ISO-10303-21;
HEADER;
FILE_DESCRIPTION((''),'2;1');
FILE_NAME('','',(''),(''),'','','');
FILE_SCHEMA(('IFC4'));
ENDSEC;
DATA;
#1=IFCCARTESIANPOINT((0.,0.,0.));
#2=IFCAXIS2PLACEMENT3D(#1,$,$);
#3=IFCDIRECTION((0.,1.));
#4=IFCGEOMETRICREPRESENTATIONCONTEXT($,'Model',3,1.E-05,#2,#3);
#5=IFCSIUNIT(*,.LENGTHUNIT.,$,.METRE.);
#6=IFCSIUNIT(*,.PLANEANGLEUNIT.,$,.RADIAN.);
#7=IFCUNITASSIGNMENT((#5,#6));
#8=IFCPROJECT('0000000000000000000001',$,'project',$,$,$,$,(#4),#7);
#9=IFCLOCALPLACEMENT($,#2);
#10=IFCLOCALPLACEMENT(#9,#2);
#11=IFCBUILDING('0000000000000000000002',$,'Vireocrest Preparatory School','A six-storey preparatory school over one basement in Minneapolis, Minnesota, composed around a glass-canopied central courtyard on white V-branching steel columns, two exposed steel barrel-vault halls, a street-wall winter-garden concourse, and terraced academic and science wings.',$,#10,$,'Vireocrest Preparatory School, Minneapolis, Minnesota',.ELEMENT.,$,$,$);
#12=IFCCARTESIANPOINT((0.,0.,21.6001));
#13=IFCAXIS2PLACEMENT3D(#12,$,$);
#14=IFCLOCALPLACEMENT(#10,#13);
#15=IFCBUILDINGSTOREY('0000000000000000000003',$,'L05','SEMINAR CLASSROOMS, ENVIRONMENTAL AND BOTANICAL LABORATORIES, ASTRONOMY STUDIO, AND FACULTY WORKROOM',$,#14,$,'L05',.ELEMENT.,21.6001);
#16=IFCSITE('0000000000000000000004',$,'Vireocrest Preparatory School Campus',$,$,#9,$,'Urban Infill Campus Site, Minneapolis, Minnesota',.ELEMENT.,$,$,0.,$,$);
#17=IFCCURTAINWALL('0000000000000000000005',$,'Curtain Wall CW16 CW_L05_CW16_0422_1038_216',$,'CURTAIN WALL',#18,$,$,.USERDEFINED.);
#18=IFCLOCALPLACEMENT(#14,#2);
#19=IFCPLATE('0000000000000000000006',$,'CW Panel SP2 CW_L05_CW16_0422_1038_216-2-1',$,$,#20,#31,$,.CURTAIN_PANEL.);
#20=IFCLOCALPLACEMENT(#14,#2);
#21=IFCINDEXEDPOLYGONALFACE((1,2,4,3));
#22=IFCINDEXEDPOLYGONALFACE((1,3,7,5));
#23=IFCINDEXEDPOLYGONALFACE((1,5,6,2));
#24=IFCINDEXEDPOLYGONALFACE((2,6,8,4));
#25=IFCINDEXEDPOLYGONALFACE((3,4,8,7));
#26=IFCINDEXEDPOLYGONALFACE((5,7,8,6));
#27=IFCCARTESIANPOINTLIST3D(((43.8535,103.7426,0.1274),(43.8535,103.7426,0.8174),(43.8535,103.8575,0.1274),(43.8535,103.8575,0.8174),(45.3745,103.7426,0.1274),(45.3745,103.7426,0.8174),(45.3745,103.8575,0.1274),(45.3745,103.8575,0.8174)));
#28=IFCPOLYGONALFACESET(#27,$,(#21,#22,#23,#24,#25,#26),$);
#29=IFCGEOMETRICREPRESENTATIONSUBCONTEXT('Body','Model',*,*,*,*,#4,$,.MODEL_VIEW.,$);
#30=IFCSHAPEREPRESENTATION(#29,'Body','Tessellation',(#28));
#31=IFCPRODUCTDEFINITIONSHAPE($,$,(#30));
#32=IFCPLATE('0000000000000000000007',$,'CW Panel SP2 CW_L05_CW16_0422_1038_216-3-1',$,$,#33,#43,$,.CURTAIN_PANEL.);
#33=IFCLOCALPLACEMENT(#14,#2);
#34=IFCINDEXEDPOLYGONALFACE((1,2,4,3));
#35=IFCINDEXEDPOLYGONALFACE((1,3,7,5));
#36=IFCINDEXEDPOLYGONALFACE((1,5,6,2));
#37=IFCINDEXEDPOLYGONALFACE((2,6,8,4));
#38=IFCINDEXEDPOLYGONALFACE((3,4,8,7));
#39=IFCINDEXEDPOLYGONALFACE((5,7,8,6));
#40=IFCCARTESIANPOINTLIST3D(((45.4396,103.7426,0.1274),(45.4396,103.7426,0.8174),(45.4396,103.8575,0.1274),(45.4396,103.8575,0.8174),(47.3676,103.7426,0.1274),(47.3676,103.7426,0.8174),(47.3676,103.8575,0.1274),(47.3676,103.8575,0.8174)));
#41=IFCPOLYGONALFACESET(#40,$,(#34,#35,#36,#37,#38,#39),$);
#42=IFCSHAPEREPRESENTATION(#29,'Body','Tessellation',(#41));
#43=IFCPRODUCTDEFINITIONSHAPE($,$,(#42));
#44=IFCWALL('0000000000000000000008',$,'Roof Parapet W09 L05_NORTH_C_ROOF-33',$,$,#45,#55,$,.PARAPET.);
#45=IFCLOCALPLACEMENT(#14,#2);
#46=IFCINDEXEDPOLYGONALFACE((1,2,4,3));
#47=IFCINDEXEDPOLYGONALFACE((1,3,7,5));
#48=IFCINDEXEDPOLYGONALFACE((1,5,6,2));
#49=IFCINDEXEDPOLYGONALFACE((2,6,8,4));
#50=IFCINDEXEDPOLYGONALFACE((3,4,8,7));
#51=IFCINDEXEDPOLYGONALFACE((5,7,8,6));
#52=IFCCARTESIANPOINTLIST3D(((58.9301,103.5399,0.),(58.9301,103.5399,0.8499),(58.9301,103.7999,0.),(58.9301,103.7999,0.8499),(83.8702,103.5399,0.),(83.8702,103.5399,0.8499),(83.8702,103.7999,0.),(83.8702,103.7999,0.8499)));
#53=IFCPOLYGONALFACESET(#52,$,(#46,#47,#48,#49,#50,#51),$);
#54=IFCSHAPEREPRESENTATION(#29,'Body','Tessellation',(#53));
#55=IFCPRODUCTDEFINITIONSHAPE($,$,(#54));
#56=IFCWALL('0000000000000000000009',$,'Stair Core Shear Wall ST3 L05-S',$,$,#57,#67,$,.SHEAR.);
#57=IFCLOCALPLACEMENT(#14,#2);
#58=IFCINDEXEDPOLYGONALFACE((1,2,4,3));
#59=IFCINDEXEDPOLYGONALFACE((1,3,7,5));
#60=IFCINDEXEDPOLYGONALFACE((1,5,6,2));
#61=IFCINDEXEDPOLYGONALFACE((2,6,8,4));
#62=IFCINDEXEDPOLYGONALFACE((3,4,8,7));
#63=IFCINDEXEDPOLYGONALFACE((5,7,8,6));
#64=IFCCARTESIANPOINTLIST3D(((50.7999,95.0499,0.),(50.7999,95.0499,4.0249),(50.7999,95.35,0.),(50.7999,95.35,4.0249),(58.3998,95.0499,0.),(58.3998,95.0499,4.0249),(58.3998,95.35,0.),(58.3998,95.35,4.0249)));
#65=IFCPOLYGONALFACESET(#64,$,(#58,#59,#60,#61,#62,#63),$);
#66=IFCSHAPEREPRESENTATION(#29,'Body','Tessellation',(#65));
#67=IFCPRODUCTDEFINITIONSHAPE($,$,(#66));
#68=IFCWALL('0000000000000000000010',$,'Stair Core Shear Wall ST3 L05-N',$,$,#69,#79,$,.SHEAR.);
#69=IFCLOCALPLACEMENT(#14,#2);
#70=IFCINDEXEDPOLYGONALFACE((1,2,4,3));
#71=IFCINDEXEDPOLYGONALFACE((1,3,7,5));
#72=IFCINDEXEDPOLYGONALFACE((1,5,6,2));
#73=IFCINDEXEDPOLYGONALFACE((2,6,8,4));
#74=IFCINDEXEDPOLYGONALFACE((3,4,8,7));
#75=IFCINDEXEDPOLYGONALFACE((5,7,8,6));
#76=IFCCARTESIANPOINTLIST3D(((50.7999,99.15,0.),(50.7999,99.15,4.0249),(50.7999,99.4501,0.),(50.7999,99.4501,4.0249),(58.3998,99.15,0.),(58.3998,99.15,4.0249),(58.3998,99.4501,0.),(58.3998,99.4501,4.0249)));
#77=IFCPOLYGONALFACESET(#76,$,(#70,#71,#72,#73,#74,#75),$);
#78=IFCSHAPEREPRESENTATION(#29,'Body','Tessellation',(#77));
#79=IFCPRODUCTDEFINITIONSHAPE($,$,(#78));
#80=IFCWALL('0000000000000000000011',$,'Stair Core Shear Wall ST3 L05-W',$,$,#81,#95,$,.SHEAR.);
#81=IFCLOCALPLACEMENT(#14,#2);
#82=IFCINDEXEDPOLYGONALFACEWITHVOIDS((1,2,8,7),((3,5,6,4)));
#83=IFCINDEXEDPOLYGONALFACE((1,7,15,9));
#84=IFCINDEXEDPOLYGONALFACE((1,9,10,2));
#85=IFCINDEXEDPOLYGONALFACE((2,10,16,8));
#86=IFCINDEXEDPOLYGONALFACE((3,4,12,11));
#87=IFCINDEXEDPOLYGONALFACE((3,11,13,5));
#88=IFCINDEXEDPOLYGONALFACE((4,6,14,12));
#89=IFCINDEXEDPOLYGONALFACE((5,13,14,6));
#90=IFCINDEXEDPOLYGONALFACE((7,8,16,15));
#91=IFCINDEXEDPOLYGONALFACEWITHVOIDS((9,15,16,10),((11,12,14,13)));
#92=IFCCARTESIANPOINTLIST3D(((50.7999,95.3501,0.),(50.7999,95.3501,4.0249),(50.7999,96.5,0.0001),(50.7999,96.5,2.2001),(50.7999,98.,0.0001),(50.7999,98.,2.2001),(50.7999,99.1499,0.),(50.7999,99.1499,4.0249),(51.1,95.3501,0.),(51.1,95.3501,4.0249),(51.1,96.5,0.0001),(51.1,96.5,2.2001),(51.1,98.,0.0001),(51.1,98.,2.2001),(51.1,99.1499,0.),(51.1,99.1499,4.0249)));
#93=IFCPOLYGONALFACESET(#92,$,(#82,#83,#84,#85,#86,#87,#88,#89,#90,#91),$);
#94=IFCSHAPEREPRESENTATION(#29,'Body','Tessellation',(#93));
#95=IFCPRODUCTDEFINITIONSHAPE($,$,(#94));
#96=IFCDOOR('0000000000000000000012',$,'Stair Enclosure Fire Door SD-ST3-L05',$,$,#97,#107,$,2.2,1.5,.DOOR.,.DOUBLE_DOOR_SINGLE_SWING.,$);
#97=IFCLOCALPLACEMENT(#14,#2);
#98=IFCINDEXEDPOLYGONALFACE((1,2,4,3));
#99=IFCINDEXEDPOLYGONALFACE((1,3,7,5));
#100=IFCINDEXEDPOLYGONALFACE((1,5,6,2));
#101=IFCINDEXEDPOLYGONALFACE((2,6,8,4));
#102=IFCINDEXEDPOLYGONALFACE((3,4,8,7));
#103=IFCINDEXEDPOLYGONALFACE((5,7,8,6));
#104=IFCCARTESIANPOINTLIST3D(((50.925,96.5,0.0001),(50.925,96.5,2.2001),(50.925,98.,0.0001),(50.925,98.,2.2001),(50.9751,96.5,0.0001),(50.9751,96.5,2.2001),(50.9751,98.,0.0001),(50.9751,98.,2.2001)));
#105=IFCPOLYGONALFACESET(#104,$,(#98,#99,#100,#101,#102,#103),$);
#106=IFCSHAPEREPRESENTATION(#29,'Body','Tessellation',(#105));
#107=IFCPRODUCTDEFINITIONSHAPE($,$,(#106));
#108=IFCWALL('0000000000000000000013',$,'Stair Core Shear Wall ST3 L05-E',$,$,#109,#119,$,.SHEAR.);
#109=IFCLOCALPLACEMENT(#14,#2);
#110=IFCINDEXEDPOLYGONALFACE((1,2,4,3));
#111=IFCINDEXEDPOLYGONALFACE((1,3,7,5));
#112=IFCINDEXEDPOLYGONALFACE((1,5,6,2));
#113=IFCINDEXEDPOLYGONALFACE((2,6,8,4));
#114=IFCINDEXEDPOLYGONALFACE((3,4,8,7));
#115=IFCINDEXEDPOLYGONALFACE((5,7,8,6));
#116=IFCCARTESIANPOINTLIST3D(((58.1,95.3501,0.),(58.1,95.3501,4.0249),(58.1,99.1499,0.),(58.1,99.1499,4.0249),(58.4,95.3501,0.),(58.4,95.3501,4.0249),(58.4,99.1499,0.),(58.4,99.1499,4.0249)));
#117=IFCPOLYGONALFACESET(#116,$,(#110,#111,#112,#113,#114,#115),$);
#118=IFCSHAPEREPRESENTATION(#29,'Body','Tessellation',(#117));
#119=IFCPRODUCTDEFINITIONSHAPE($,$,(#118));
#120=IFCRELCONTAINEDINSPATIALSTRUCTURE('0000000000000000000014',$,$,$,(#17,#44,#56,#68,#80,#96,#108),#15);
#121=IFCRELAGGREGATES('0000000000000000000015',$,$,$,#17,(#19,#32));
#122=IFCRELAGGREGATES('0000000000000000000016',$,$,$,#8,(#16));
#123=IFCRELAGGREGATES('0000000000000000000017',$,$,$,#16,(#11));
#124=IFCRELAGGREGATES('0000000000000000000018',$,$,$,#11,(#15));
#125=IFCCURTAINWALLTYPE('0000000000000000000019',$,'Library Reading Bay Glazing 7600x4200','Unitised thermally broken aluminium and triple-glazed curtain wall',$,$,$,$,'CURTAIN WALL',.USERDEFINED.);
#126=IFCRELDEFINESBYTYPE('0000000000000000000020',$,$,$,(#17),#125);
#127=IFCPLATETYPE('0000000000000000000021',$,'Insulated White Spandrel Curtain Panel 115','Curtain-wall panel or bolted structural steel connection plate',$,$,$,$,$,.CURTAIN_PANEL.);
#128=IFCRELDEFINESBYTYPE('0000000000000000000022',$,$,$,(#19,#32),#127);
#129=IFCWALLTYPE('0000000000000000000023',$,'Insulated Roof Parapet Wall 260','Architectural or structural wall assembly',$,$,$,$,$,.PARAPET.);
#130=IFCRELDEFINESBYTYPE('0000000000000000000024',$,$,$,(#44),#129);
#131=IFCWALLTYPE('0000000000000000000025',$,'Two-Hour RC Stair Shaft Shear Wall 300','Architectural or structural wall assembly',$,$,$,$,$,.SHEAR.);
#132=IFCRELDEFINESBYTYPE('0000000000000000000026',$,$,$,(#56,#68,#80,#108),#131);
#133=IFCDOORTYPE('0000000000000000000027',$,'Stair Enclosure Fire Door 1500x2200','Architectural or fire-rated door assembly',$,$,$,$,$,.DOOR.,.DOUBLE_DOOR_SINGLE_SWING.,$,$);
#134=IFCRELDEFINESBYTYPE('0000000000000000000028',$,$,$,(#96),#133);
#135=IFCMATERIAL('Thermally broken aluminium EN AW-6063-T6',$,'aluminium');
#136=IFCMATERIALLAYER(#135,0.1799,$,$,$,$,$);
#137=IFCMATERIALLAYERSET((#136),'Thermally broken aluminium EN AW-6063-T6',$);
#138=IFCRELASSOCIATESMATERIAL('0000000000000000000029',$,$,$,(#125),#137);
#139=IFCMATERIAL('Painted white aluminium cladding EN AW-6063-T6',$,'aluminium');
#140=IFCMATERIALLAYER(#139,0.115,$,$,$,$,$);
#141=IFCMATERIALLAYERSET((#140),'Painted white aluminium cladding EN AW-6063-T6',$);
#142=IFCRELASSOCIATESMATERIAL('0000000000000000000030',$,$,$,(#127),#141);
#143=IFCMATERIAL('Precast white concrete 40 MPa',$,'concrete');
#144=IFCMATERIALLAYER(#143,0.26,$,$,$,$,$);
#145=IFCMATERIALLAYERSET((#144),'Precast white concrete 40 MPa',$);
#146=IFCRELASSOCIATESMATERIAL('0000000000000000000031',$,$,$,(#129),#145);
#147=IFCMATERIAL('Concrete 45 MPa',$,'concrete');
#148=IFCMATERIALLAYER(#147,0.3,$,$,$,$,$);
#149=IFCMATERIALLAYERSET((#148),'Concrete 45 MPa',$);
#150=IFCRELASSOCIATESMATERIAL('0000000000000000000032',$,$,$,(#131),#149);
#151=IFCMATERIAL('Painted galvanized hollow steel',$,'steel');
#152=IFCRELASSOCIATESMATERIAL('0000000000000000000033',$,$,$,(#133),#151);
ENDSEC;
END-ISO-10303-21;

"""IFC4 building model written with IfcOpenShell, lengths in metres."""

from ifc_helpers import new_model, si_unit, direction, frame, frame_2d, origin, origin_2d, place, context, subcontext, project, spatial, rectangle, extrude, material, layer, layer_set, type_object, element, fill, aggregate, save


model = new_model("IFC4")

# Units and contexts
model_context = context("Model", 3, precision=1e-05, world=origin(), true_north=direction((0.0, 1.0)))
body_context = subcontext(model_context, "Body", "Model", "MODEL_VIEW")
ifc_project = project(units=[si_unit("LENGTHUNIT", "METRE"), si_unit("PLANEANGLEUNIT", "RADIAN")], contexts=[model_context])

# Site, building, storey
site_placement = place(None, origin())
site = spatial("IfcSite", under=ifc_project, at=site_placement, Name="Vireocrest Preparatory School Campus", LongName="Urban Infill Campus Site, Minneapolis, Minnesota", CompositionType="ELEMENT", RefElevation=0.0)
building_placement = place(site_placement, origin())
building = spatial("IfcBuilding", under=site, at=building_placement, Name="Vireocrest Preparatory School", Description="A six-storey preparatory school over one basement in Minneapolis, Minnesota, composed around a glass-canopied central courtyard on white V-branching steel columns, two exposed steel barrel-vault halls, a street-wall winter-garden concourse, and terraced academic and science wings.", LongName="Vireocrest Preparatory School, Minneapolis, Minnesota", CompositionType="ELEMENT")
storey_placement = place(building_placement, frame((0.0, 0.0, 21.6001)))
storey = spatial("IfcBuildingStorey", under=building, at=storey_placement, Name="L05", Description="SEMINAR CLASSROOMS, ENVIRONMENTAL AND BOTANICAL LABORATORIES, ASTRONOMY STUDIO, AND FACULTY WORKROOM", LongName="L05", CompositionType="ELEMENT", Elevation=21.6001)

# Shared definitions
ifc_material_1 = material(Name="Concrete 45 MPa", Category="concrete")

# Curtain wall
ifc_material_2 = material(Name="Thermally broken aluminium EN AW-6063-T6", Category="aluminium")
ifc_layer_1 = layer(ifc_material_2, 0.1799)
ifc_layer_set_1 = layer_set([ifc_layer_1], Name="Thermally broken aluminium EN AW-6063-T6")
curtain_wall_type = type_object("IfcCurtainWallType", Name="Library Reading Bay Glazing 7600x4200", Description="Unitised thermally broken aluminium and triple-glazed curtain wall", ElementType="CURTAIN WALL", PredefinedType="USERDEFINED", material=ifc_layer_set_1)
curtain_wall_placement = place(storey_placement, origin())
curtain_wall = element("IfcCurtainWall", 1, at=curtain_wall_placement, inside=storey, type_object=curtain_wall_type, Name="Curtain Wall CW16 CW_L05_CW16_0422_1038_216", ObjectType="CURTAIN WALL", PredefinedType="USERDEFINED")

# Plates
ifc_material_3 = material(Name="Painted white aluminium cladding EN AW-6063-T6", Category="aluminium")
ifc_layer_2 = layer(ifc_material_3, 0.115)
ifc_layer_set_2 = layer_set([ifc_layer_2], Name="Painted white aluminium cladding EN AW-6063-T6")
plate_type_1 = type_object("IfcPlateType", Name="Insulated White Spandrel Curtain Panel 115", Description="Curtain-wall panel or bolted structural steel connection plate", PredefinedType="CURTAIN_PANEL", material=ifc_layer_set_2)
plate_1_placement = place(storey_placement, frame((44.614, 103.8, 0.1274), z_axis=(0.0, 0.0, 1.0), x_axis=(1.0, 0.0, 0.0)))
plate_1 = element("IfcPlate", 2, at=plate_1_placement, type_object=plate_type_1, Name="CW Panel SP2 CW_L05_CW16_0422_1038_216-2-1", PredefinedType="CURTAIN_PANEL", context=body_context, shape_type="SweptSolid", body=[
    extrude(rectangle(XDim=1.521, YDim=0.115, at=origin_2d()), origin(), (0.0, 0.0, 1.0), 0.6899),
])
plate_2_placement = place(storey_placement, frame((46.4036, 103.8, 0.1274), z_axis=(0.0, 0.0, 1.0), x_axis=(1.0, 0.0, 0.0)))
plate_2 = element("IfcPlate", 3, at=plate_2_placement, type_object=plate_type_1, Name="CW Panel SP2 CW_L05_CW16_0422_1038_216-3-1", PredefinedType="CURTAIN_PANEL", context=body_context, shape_type="SweptSolid", body=[
    extrude(rectangle(XDim=1.928, YDim=0.115, at=origin_2d()), origin(), (0.0, 0.0, 1.0), 0.6899),
])
aggregate(curtain_wall, [plate_1, plate_2])

# Walls
ifc_material_4 = material(Name="Precast white concrete 40 MPa", Category="concrete")
ifc_layer_3 = layer(ifc_material_4, 0.26)
ifc_layer_set_3 = layer_set([ifc_layer_3], Name="Precast white concrete 40 MPa")
wall_type_1 = type_object("IfcWallType", Name="Insulated Roof Parapet Wall 260", Description="Architectural or structural wall assembly", PredefinedType="PARAPET", material=ifc_layer_set_3)
wall_1_placement = place(storey_placement, frame((58.9299, 103.6699, 0.0), z_axis=(0.0, 0.0, 1.0), x_axis=(1.0, 0.0, 0.0)))
element("IfcWall", 4, at=wall_1_placement, inside=storey, type_object=wall_type_1, Name="Roof Parapet W09 L05_NORTH_C_ROOF-33", PredefinedType="PARAPET", context=body_context, shape_type="SweptSolid", body=[
    extrude(rectangle(XDim=24.9402, YDim=0.26, at=frame_2d((12.4702, 0.0))), origin(), (0.0, 0.0, 1.0), 0.8499),
])
ifc_layer_4 = layer(ifc_material_1, 0.3)
ifc_layer_set_4 = layer_set([ifc_layer_4], Name="Concrete 45 MPa")
wall_type_2 = type_object("IfcWallType", Name="Two-Hour RC Stair Shaft Shear Wall 300", Description="Architectural or structural wall assembly", PredefinedType="SHEAR", material=ifc_layer_set_4)
for number, where, z_axis, x_axis, name in (
    (5, (50.8, 95.2, 0.0), (0.0, 0.0, 1.0), (1.0, 0.0, 0.0), "Stair Core Shear Wall ST3 L05-S"),
    (6, (50.8, 99.3, 0.0), (0.0, 0.0, 1.0), (1.0, 0.0, 0.0), "Stair Core Shear Wall ST3 L05-N"),
):
    element("IfcWall", number, at=place(storey_placement, frame(where, z_axis=z_axis, x_axis=x_axis)), inside=storey, type_object=wall_type_2, Name=name, PredefinedType="SHEAR", context=body_context, shape_type="SweptSolid", body=[
        extrude(rectangle(XDim=7.5999, YDim=0.3, at=frame_2d((3.7998, 0.0))), origin(), (0.0, 0.0, 1.0), 4.0249),
    ])

# Wall, opening, door
wall_2_placement = place(storey_placement, frame((50.95, 95.3501, 0.0), z_axis=(0.0, 0.0, 1.0), x_axis=(0.0, 1.0, 0.0)))
wall_2 = element("IfcWall", 7, at=wall_2_placement, inside=storey, type_object=wall_type_2, Name="Stair Core Shear Wall ST3 L05-W", PredefinedType="SHEAR", context=body_context, shape_type="SweptSolid", body=[
    extrude(rectangle(XDim=3.7998, YDim=0.3, at=frame_2d((1.8999, 0.0))), origin(), (0.0, 0.0, 1.0), 4.0249),
])
opening_placement = place(wall_2_placement, frame((1.1499, 0.0, 0.0)))
opening = element("IfcOpeningElement", 8, at=opening_placement, cuts=wall_2, PredefinedType="OPENING", context=body_context, shape_type="SweptSolid", body=[
    extrude(rectangle(XDim=1.5, YDim=2.2, at=frame_2d((0.75, 1.1001))), frame((0.0, 0.1599, 0.0), z_axis=(0.0, -1.0, 0.0), x_axis=(1.0, 0.0, 0.0)), (0.0, 0.0, 1.0), 0.3201),
])
ifc_material_5 = material(Name="Painted galvanized hollow steel", Category="steel")
door_type = type_object("IfcDoorType", Name="Stair Enclosure Fire Door 1500x2200", Description="Architectural or fire-rated door assembly", OperationType="DOUBLE_DOOR_SINGLE_SWING", PredefinedType="DOOR", material=ifc_material_5)
door_placement = place(opening_placement, origin())
door = element("IfcDoor", 9, at=door_placement, inside=storey, type_object=door_type, Name="Stair Enclosure Fire Door SD-ST3-L05", OperationType="DOUBLE_DOOR_SINGLE_SWING", OverallHeight=2.2, OverallWidth=1.5, PredefinedType="DOOR", context=body_context, shape_type="SweptSolid", body=[
    extrude(rectangle(XDim=1.5, YDim=2.2, at=frame_2d((0.75, 1.1001))), frame((0.0, 0.0249, 0.0), z_axis=(0.0, -1.0, 0.0), x_axis=(1.0, 0.0, 0.0)), (0.0, 0.0, 1.0), 0.05),
])
fill(opening, door)

# Wall
wall_3_placement = place(storey_placement, frame((58.25, 95.3501, 0.0), z_axis=(0.0, 0.0, 1.0), x_axis=(0.0, 1.0, 0.0)))
element("IfcWall", 10, at=wall_3_placement, inside=storey, type_object=wall_type_2, Name="Stair Core Shear Wall ST3 L05-E", PredefinedType="SHEAR", context=body_context, shape_type="SweptSolid", body=[
    extrude(rectangle(XDim=3.7998, YDim=0.3, at=frame_2d((1.8999, 0.0))), origin(), (0.0, 0.0, 1.0), 4.0249),
])

save(model, "model.ifc")
